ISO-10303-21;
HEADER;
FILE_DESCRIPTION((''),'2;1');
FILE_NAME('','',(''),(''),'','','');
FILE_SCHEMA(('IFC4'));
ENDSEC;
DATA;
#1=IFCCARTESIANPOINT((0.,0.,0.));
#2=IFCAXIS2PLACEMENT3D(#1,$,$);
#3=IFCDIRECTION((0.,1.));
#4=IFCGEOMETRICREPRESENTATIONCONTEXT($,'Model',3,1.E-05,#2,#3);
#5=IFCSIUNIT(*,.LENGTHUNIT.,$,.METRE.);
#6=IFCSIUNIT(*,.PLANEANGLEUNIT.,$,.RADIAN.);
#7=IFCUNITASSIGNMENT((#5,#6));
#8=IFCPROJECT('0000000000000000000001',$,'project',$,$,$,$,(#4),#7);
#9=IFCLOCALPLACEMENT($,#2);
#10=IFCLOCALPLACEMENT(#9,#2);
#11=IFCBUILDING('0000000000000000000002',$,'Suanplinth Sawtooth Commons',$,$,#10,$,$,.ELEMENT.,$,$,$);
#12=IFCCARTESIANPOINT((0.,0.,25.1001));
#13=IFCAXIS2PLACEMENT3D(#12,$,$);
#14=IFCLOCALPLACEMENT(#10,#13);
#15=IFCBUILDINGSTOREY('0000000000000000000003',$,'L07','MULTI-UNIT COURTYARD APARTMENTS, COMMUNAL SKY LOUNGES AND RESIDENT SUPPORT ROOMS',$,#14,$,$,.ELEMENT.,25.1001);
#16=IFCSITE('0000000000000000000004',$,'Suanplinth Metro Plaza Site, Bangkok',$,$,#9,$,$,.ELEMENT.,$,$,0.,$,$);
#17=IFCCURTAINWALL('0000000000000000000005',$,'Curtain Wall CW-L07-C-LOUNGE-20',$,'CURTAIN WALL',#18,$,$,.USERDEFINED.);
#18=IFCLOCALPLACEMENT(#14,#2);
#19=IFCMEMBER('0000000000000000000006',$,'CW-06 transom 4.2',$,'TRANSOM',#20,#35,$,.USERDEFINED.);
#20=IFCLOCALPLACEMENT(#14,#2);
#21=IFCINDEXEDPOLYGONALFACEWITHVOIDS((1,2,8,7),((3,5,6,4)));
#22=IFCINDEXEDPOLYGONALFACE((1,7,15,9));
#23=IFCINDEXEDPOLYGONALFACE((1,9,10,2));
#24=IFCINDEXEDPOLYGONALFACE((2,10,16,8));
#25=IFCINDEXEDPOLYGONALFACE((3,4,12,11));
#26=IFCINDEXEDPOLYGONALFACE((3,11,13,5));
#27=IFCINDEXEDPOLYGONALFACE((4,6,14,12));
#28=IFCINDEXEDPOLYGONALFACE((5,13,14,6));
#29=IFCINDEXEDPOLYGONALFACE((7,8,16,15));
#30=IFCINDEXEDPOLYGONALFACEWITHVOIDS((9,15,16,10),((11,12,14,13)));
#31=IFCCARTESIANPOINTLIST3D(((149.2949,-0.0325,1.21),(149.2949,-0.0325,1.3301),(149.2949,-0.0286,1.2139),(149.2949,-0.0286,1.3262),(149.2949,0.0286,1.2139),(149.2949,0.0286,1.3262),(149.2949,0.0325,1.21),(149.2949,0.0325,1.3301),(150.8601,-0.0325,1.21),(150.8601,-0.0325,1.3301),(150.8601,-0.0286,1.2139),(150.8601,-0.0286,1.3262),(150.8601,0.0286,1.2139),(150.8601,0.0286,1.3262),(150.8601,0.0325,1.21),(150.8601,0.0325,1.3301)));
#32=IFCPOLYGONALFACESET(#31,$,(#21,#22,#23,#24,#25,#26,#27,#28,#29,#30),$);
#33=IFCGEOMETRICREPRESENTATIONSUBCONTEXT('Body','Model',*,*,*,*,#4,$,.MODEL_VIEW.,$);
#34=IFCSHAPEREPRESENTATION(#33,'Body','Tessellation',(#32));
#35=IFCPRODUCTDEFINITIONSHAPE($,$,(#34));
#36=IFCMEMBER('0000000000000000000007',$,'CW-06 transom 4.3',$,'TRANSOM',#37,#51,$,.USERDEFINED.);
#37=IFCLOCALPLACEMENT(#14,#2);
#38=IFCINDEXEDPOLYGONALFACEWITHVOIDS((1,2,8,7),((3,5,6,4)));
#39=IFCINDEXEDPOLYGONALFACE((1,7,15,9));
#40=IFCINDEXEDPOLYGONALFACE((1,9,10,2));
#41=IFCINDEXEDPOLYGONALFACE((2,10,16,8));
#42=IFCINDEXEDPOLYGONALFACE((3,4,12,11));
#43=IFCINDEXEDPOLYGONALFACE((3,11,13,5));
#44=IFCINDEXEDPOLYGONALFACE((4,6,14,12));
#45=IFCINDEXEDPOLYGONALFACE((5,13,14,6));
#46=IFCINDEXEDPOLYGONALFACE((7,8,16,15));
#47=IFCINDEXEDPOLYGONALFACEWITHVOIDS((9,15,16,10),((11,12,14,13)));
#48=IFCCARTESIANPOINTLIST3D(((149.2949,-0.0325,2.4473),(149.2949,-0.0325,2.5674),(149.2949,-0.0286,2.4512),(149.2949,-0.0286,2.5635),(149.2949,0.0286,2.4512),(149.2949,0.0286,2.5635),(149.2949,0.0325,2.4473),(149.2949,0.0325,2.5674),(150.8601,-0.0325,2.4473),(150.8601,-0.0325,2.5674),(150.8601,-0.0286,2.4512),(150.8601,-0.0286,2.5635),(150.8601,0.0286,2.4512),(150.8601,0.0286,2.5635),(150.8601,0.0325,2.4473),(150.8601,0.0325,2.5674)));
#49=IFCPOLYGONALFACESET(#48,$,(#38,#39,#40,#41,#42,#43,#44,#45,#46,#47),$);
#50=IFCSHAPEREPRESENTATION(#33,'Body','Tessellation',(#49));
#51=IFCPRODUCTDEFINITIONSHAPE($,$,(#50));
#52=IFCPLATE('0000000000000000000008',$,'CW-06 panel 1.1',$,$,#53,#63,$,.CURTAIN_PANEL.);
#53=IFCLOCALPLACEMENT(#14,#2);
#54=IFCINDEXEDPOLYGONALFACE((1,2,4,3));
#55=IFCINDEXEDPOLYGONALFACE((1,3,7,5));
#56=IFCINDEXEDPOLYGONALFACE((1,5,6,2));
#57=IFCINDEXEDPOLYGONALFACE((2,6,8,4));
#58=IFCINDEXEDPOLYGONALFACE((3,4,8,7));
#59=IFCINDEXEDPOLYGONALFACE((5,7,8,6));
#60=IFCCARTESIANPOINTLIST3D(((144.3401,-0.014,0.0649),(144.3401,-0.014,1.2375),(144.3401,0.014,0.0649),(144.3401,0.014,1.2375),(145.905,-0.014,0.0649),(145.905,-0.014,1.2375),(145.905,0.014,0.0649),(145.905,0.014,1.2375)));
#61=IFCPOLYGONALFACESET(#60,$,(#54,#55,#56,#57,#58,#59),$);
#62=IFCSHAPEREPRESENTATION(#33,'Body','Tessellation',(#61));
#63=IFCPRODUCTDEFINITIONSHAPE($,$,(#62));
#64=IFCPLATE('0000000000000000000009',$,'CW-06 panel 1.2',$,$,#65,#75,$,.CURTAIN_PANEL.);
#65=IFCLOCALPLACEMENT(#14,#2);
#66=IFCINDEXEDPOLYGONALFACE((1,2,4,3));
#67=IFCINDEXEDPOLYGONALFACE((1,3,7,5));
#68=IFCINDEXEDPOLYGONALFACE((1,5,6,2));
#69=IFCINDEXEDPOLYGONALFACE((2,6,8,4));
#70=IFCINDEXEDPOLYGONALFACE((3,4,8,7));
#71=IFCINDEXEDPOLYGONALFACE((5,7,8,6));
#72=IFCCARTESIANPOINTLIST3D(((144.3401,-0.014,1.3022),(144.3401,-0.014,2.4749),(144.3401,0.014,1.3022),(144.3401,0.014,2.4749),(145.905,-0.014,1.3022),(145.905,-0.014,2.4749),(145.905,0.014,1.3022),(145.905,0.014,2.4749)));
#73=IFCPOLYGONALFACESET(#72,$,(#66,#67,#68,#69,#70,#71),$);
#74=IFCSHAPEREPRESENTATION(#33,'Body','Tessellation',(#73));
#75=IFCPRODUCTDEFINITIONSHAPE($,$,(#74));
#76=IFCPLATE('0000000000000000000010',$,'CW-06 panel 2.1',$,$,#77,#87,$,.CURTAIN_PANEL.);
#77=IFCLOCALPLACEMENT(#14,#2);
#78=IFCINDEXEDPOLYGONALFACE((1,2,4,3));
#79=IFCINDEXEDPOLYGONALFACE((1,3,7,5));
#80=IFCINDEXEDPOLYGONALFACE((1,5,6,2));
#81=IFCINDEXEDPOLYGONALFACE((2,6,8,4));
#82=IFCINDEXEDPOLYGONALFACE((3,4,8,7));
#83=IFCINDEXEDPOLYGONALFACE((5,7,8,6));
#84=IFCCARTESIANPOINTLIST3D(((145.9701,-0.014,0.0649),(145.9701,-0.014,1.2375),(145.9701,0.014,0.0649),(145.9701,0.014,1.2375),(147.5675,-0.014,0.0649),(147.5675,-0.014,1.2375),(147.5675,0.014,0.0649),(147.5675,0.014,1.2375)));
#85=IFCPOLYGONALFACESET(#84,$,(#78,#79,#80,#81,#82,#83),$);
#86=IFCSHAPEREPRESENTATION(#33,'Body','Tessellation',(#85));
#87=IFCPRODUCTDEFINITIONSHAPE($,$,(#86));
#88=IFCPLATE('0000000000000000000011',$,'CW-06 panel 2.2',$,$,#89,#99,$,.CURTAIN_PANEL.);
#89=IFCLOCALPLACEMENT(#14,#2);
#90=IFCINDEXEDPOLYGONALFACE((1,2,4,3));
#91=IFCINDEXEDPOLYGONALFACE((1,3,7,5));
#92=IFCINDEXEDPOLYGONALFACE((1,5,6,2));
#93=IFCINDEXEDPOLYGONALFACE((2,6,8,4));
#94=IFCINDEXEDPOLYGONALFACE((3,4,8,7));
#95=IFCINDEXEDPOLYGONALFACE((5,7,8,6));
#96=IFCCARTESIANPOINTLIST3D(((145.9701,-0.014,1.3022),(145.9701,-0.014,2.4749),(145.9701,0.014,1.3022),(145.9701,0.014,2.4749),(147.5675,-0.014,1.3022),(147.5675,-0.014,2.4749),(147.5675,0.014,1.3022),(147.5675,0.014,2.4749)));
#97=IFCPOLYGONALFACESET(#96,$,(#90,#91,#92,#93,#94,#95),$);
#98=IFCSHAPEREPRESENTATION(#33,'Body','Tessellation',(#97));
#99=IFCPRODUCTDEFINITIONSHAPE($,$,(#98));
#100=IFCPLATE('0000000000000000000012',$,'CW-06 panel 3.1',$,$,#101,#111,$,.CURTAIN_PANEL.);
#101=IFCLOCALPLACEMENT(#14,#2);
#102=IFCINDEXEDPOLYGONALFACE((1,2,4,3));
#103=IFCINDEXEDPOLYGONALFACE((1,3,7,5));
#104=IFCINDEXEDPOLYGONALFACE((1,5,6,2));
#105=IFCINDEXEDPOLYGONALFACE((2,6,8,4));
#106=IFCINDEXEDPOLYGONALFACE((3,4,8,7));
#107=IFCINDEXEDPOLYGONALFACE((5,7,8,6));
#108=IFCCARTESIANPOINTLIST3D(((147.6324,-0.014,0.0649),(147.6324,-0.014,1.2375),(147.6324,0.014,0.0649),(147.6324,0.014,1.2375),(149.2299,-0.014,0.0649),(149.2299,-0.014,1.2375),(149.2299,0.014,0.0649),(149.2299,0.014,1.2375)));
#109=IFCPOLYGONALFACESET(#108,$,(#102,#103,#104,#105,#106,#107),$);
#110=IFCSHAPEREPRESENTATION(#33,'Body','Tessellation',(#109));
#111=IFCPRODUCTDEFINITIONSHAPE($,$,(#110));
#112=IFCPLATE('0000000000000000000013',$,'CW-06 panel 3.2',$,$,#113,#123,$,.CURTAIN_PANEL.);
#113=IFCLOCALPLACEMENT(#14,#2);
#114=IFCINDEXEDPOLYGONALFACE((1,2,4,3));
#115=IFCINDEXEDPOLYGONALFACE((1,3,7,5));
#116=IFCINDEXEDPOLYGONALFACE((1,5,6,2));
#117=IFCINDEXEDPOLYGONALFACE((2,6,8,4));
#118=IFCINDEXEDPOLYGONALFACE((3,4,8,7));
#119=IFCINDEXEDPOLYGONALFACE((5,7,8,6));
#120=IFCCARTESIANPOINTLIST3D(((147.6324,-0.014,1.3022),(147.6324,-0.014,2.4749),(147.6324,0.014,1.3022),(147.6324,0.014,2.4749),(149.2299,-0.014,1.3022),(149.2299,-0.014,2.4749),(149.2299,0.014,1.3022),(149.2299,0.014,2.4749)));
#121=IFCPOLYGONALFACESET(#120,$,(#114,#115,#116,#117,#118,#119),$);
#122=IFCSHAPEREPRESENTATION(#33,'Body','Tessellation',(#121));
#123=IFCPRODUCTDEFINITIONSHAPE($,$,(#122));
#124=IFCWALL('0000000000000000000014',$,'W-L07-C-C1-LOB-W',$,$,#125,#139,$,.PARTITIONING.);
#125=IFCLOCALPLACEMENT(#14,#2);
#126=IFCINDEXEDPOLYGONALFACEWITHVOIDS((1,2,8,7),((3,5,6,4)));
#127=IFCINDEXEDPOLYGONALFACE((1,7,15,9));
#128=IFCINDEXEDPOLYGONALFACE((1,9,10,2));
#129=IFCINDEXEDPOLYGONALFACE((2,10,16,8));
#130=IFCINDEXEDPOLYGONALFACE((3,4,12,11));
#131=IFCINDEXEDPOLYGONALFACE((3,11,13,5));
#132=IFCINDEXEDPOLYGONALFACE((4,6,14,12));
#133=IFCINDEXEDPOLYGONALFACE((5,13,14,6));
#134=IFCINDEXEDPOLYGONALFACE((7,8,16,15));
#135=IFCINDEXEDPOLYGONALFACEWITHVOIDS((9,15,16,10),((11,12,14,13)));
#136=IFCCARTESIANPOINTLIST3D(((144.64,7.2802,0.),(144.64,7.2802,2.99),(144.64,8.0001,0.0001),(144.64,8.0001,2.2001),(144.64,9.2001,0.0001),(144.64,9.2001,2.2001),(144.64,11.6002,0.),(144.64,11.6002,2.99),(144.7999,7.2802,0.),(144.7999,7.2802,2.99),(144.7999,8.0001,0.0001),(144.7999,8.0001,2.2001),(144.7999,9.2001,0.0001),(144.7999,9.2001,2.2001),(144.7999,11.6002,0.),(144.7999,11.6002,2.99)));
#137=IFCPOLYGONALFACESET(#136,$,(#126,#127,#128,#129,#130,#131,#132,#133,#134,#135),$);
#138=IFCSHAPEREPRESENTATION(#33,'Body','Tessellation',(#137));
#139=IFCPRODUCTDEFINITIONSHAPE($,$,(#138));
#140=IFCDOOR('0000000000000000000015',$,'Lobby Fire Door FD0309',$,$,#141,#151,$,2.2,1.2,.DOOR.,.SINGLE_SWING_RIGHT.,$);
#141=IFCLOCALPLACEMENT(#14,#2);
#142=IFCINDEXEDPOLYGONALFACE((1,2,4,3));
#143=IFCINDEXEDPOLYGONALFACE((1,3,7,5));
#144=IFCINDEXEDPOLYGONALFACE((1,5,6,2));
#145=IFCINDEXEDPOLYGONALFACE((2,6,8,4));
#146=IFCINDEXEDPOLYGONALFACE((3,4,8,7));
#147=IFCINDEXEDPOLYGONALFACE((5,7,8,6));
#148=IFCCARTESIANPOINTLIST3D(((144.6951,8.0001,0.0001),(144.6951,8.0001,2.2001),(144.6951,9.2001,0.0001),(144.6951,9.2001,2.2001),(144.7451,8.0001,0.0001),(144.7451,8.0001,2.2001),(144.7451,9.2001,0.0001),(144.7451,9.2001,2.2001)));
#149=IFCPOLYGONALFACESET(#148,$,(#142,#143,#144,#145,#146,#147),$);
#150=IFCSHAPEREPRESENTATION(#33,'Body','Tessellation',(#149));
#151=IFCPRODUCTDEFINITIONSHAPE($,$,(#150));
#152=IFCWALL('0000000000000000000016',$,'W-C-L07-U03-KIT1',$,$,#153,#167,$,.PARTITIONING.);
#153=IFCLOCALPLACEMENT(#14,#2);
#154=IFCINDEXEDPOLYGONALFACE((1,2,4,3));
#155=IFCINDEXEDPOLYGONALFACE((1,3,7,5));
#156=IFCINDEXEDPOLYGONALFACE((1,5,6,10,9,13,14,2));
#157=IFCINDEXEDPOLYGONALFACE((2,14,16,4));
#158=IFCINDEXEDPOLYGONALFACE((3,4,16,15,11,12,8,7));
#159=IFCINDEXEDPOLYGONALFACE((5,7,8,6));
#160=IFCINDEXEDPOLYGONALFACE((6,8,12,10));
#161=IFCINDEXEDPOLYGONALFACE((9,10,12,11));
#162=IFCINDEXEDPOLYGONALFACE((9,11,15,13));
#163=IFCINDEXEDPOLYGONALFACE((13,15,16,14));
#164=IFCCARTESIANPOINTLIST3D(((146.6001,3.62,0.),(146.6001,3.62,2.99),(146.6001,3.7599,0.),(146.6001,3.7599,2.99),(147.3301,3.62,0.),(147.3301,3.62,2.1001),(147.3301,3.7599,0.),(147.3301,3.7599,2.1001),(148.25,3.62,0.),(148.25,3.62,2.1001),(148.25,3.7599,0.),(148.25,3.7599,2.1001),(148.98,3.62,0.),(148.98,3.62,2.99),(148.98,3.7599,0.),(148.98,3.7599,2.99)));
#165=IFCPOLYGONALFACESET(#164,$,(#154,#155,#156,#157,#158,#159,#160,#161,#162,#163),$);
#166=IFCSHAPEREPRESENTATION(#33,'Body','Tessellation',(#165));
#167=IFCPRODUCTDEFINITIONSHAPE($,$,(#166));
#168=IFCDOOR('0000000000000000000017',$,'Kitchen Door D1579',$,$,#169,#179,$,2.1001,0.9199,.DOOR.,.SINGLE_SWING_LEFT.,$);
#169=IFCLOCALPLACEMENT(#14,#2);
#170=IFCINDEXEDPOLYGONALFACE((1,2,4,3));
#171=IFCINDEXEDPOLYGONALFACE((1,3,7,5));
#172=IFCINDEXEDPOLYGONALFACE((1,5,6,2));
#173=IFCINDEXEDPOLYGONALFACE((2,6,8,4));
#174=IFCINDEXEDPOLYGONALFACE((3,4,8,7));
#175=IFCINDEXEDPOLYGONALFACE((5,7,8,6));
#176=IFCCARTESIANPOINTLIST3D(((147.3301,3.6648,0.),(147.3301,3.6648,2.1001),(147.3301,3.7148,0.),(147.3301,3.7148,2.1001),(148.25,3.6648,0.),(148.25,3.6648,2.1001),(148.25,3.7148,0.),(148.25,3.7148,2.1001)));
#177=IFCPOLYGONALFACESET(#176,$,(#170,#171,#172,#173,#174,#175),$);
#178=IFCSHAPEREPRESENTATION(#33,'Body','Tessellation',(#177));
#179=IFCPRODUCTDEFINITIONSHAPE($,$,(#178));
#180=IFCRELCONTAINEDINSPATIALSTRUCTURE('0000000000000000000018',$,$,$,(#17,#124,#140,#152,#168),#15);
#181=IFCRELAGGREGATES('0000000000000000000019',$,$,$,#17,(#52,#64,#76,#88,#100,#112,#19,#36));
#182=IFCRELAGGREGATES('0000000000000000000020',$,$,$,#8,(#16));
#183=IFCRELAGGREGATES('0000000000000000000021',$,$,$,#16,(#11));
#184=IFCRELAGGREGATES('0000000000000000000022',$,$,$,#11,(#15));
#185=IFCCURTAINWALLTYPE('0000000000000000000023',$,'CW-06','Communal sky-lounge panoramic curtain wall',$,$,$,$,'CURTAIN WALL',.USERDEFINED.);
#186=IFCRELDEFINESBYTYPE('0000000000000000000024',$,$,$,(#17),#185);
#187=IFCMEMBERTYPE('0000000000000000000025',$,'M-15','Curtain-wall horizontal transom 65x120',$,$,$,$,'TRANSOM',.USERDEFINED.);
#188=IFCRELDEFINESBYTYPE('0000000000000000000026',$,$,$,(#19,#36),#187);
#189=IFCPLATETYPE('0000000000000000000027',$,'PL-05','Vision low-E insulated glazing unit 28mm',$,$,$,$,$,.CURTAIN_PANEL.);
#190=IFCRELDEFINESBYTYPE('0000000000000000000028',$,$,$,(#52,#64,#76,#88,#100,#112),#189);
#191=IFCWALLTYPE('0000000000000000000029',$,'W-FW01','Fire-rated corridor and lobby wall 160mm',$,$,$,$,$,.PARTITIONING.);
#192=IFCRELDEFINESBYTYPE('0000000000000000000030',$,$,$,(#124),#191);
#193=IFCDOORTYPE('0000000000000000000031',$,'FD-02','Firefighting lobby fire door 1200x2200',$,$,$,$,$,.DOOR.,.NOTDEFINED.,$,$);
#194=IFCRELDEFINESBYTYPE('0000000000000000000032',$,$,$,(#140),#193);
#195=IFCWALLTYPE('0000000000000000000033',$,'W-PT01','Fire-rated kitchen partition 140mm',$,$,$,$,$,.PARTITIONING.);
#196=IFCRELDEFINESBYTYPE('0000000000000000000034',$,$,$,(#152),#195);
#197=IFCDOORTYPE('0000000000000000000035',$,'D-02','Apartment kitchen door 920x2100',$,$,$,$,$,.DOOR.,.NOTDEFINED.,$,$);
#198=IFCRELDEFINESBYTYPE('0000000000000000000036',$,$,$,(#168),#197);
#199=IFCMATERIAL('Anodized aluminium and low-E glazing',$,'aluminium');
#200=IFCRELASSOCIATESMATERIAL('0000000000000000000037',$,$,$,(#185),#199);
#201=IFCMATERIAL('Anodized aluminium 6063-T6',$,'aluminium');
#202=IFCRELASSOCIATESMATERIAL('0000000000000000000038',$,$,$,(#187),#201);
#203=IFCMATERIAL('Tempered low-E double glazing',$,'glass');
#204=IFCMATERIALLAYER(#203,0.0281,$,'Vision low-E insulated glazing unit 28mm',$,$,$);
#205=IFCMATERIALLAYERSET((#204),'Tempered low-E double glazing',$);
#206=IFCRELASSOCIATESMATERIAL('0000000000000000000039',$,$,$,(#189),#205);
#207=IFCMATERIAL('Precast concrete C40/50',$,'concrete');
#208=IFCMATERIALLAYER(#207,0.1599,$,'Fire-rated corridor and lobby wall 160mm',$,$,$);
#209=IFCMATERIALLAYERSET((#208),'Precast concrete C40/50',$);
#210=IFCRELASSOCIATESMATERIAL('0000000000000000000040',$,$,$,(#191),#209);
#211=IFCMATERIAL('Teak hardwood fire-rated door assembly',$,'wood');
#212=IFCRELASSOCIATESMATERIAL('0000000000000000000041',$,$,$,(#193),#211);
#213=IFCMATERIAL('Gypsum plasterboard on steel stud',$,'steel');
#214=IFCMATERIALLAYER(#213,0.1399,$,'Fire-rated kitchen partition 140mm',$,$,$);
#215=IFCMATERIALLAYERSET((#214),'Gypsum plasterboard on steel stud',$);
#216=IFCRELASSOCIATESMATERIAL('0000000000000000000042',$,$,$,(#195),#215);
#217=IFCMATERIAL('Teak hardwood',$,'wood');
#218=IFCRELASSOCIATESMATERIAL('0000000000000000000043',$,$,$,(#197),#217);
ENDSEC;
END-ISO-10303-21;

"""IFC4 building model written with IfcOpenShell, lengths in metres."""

from ifc_helpers import new_model, si_unit, direction, frame, frame_2d, origin, origin_2d, place, context, subcontext, project, spatial, rectangle, hollow_rectangle, extrude, material, layer, layer_set, material_profile, profile_set, type_object, element, fill, aggregate, save


model = new_model("IFC4")

# Units and contexts
model_context = context("Model", 3, precision=1e-05, world=origin(), true_north=direction((0.0, 1.0)))
body_context = subcontext(model_context, "Body", "Model", "MODEL_VIEW")
ifc_project = project(units=[si_unit("LENGTHUNIT", "METRE"), si_unit("PLANEANGLEUNIT", "RADIAN")], contexts=[model_context])

# Site, building, storey
site_placement = place(None, origin())
site = spatial("IfcSite", under=ifc_project, at=site_placement, Name="Suanplinth Metro Plaza Site, Bangkok", CompositionType="ELEMENT", RefElevation=0.0)
building_placement = place(site_placement, origin())
building = spatial("IfcBuilding", under=site, at=building_placement, Name="Suanplinth Sawtooth Commons", CompositionType="ELEMENT")
storey_placement = place(building_placement, frame((0.0, 0.0, 25.1001)))
storey = spatial("IfcBuildingStorey", under=building, at=storey_placement, Name="L07", Description="MULTI-UNIT COURTYARD APARTMENTS, COMMUNAL SKY LOUNGES AND RESIDENT SUPPORT ROOMS", CompositionType="ELEMENT", Elevation=25.1001)

# Curtain wall, members, plates
ifc_material_1 = material(Name="Anodized aluminium and low-E glazing", Category="aluminium")
curtain_wall_type = type_object("IfcCurtainWallType", Name="CW-06", Description="Communal sky-lounge panoramic curtain wall", ElementType="CURTAIN WALL", PredefinedType="USERDEFINED", material=ifc_material_1)
curtain_wall_placement = place(storey_placement, origin())
curtain_wall = element("IfcCurtainWall", 1, at=curtain_wall_placement, inside=storey, type_object=curtain_wall_type, Name="Curtain Wall CW-L07-C-LOUNGE-20", ObjectType="CURTAIN WALL", PredefinedType="USERDEFINED")
ifc_material_2 = material(Name="Anodized aluminium 6063-T6", Category="aluminium")
ifc_material_profile_1 = material_profile(ifc_material_2, hollow_rectangle(XDim=0.0649, YDim=0.1201, WallThickness=0.0039, at=origin_2d()), Name="ALU-TRN 65x120")
ifc_profile_set_1 = profile_set([ifc_material_profile_1], Name="Anodized aluminium 6063-T6")
member_type_1 = type_object("IfcMemberType", Name="M-15", Description="Curtain-wall horizontal transom 65x120", ElementType="TRANSOM", PredefinedType="USERDEFINED", material=ifc_profile_set_1)
member_1_placement = place(storey_placement, frame((149.2949, 0.0, 1.27), z_axis=(1.0, 0.0, 0.0), x_axis=(0.0, 1.0, 0.0)))
member_1 = element("IfcMember", 2, at=member_1_placement, type_object=member_type_1, Name="CW-06 transom 4.2", ObjectType="TRANSOM", PredefinedType="USERDEFINED", context=body_context, shape_type="SweptSolid", body=[
    extrude(hollow_rectangle(XDim=0.0649, YDim=0.1201, WallThickness=0.0039, at=origin_2d()), origin(), (0.0, 0.0, 1.0), 1.5652),
])
member_2_placement = place(storey_placement, frame((149.2949, 0.0, 2.5073), z_axis=(1.0, 0.0, 0.0), x_axis=(0.0, 1.0, 0.0)))
member_2 = element("IfcMember", 3, at=member_2_placement, type_object=member_type_1, Name="CW-06 transom 4.3", ObjectType="TRANSOM", PredefinedType="USERDEFINED", context=body_context, shape_type="SweptSolid", body=[
    extrude(hollow_rectangle(XDim=0.0649, YDim=0.1201, WallThickness=0.0039, at=origin_2d()), origin(), (0.0, 0.0, 1.0), 1.5652),
])
ifc_material_3 = material(Name="Tempered low-E double glazing", Category="glass")
ifc_layer_1 = layer(ifc_material_3, 0.0281, Name="Vision low-E insulated glazing unit 28mm")
ifc_layer_set_1 = layer_set([ifc_layer_1], Name="Tempered low-E double glazing")
plate_type = type_object("IfcPlateType", Name="PL-05", Description="Vision low-E insulated glazing unit 28mm", PredefinedType="CURTAIN_PANEL", material=ifc_layer_set_1)
plate_1_placement = place(storey_placement, frame((145.1226, 0.0, 0.0649), z_axis=(0.0, 0.0, 1.0), x_axis=(1.0, 0.0, 0.0)))
plate_1 = element("IfcPlate", 4, at=plate_1_placement, type_object=plate_type, Name="CW-06 panel 1.1", PredefinedType="CURTAIN_PANEL", context=body_context, shape_type="SweptSolid", body=[
    extrude(rectangle(XDim=1.5649, YDim=0.0281, at=origin_2d()), origin(), (0.0, 0.0, 1.0), 1.1726),
])
plate_2_placement = place(storey_placement, frame((145.1226, 0.0, 1.3022), z_axis=(0.0, 0.0, 1.0), x_axis=(1.0, 0.0, 0.0)))
plate_2 = element("IfcPlate", 5, at=plate_2_placement, type_object=plate_type, Name="CW-06 panel 1.2", PredefinedType="CURTAIN_PANEL", context=body_context, shape_type="SweptSolid", body=[
    extrude(rectangle(XDim=1.5649, YDim=0.0281, at=origin_2d()), origin(), (0.0, 0.0, 1.0), 1.1726),
])
plate_3_placement = place(storey_placement, frame((146.7688, 0.0, 0.0649), z_axis=(0.0, 0.0, 1.0), x_axis=(1.0, 0.0, 0.0)))
plate_3 = element("IfcPlate", 6, at=plate_3_placement, type_object=plate_type, Name="CW-06 panel 2.1", PredefinedType="CURTAIN_PANEL", context=body_context, shape_type="SweptSolid", body=[
    extrude(rectangle(XDim=1.5974, YDim=0.0281, at=origin_2d()), origin(), (0.0, 0.0, 1.0), 1.1726),
])
plate_4_placement = place(storey_placement, frame((146.7688, 0.0, 1.3022), z_axis=(0.0, 0.0, 1.0), x_axis=(1.0, 0.0, 0.0)))
plate_4 = element("IfcPlate", 7, at=plate_4_placement, type_object=plate_type, Name="CW-06 panel 2.2", PredefinedType="CURTAIN_PANEL", context=body_context, shape_type="SweptSolid", body=[
    extrude(rectangle(XDim=1.5974, YDim=0.0281, at=origin_2d()), origin(), (0.0, 0.0, 1.0), 1.1726),
])
plate_5_placement = place(storey_placement, frame((148.4312, 0.0, 0.0649), z_axis=(0.0, 0.0, 1.0), x_axis=(1.0, 0.0, 0.0)))
plate_5 = element("IfcPlate", 8, at=plate_5_placement, type_object=plate_type, Name="CW-06 panel 3.1", PredefinedType="CURTAIN_PANEL", context=body_context, shape_type="SweptSolid", body=[
    extrude(rectangle(XDim=1.5974, YDim=0.0281, at=origin_2d()), origin(), (0.0, 0.0, 1.0), 1.1726),
])
plate_6_placement = place(storey_placement, frame((148.4312, 0.0, 1.3022), z_axis=(0.0, 0.0, 1.0), x_axis=(1.0, 0.0, 0.0)))
plate_6 = element("IfcPlate", 9, at=plate_6_placement, type_object=plate_type, Name="CW-06 panel 3.2", PredefinedType="CURTAIN_PANEL", context=body_context, shape_type="SweptSolid", body=[
    extrude(rectangle(XDim=1.5974, YDim=0.0281, at=origin_2d()), origin(), (0.0, 0.0, 1.0), 1.1726),
])
aggregate(curtain_wall, [plate_1, plate_2, plate_3, plate_4, plate_5, plate_6, member_1, member_2])

# Walls, openings, doors
ifc_material_4 = material(Name="Precast concrete C40/50", Category="concrete")
ifc_layer_2 = layer(ifc_material_4, 0.1599, Name="Fire-rated corridor and lobby wall 160mm")
ifc_layer_set_2 = layer_set([ifc_layer_2], Name="Precast concrete C40/50")
wall_type_1 = type_object("IfcWallType", Name="W-FW01", Description="Fire-rated corridor and lobby wall 160mm", PredefinedType="PARTITIONING", material=ifc_layer_set_2)
wall_1_placement = place(storey_placement, frame((144.72, 7.28, 0.0), z_axis=(0.0, 0.0, 1.0), x_axis=(0.0, 1.0, 0.0)))
wall_1 = element("IfcWall", 10, at=wall_1_placement, inside=storey, type_object=wall_type_1, Name="W-L07-C-C1-LOB-W", PredefinedType="PARTITIONING", context=body_context, shape_type="SweptSolid", body=[
    extrude(rectangle(XDim=4.3201, YDim=0.1599, at=frame_2d((2.1602, 0.0))), origin(), (0.0, 0.0, 1.0), 2.99),
])
opening_1_placement = place(wall_1_placement, frame((0.72, 0.0, 0.0)))
opening_1 = element("IfcOpeningElement", 11, at=opening_1_placement, cuts=wall_1, PredefinedType="OPENING", context=body_context, shape_type="SweptSolid", body=[
    extrude(rectangle(XDim=1.2, YDim=2.2, at=frame_2d((0.6001, 1.1001))), frame((0.0, 0.0947, 0.0), z_axis=(0.0, -1.0, 0.0), x_axis=(1.0, 0.0, 0.0)), (0.0, 0.0, 1.0), 0.1897),
])
ifc_material_5 = material(Name="Teak hardwood fire-rated door assembly", Category="wood")
door_type_1 = type_object("IfcDoorType", Name="FD-02", Description="Firefighting lobby fire door 1200x2200", OperationType="NOTDEFINED", PredefinedType="DOOR", material=ifc_material_5)
door_1_placement = place(opening_1_placement, origin())
door_1 = element("IfcDoor", 12, at=door_1_placement, inside=storey, type_object=door_type_1, Name="Lobby Fire Door FD0309", OperationType="SINGLE_SWING_RIGHT", OverallHeight=2.2, OverallWidth=1.2, PredefinedType="DOOR", context=body_context, shape_type="SweptSolid", body=[
    extrude(rectangle(XDim=1.2, YDim=2.2, at=frame_2d((0.6001, 1.1001))), frame((0.0, 0.0249, 0.0), z_axis=(0.0, -1.0, 0.0), x_axis=(1.0, 0.0, 0.0)), (0.0, 0.0, 1.0), 0.05),
])
fill(opening_1, door_1)
ifc_material_6 = material(Name="Gypsum plasterboard on steel stud", Category="steel")
ifc_layer_3 = layer(ifc_material_6, 0.1399, Name="Fire-rated kitchen partition 140mm")
ifc_layer_set_3 = layer_set([ifc_layer_3], Name="Gypsum plasterboard on steel stud")
wall_type_2 = type_object("IfcWallType", Name="W-PT01", Description="Fire-rated kitchen partition 140mm", PredefinedType="PARTITIONING", material=ifc_layer_set_3)
wall_2_placement = place(storey_placement, frame((146.6001, 3.6899, 0.0), z_axis=(0.0, 0.0, 1.0), x_axis=(1.0, 0.0, 0.0)))
wall_2 = element("IfcWall", 13, at=wall_2_placement, inside=storey, type_object=wall_type_2, Name="W-C-L07-U03-KIT1", PredefinedType="PARTITIONING", context=body_context, shape_type="SweptSolid", body=[
    extrude(rectangle(XDim=2.3799, YDim=0.1399, at=frame_2d((1.1899, 0.0))), origin(), (0.0, 0.0, 1.0), 2.99),
])
opening_2_placement = place(wall_2_placement, frame((0.73, 0.0, 0.0)))
opening_2 = element("IfcOpeningElement", 14, at=opening_2_placement, cuts=wall_2, PredefinedType="OPENING", context=body_context, shape_type="SweptSolid", body=[
    extrude(rectangle(XDim=0.9199, YDim=2.1001, at=frame_2d((0.46, 1.05))), frame((0.0, 0.085, 0.0), z_axis=(0.0, -1.0, 0.0), x_axis=(1.0, 0.0, 0.0)), (0.0, 0.0, 1.0), 0.1697),
])
ifc_material_7 = material(Name="Teak hardwood", Category="wood")
door_type_2 = type_object("IfcDoorType", Name="D-02", Description="Apartment kitchen door 920x2100", OperationType="NOTDEFINED", PredefinedType="DOOR", material=ifc_material_7)
door_2_placement = place(opening_2_placement, origin())
door_2 = element("IfcDoor", 15, at=door_2_placement, inside=storey, type_object=door_type_2, Name="Kitchen Door D1579", OperationType="SINGLE_SWING_LEFT", OverallHeight=2.1001, OverallWidth=0.9199, PredefinedType="DOOR", context=body_context, shape_type="SweptSolid", body=[
    extrude(rectangle(XDim=0.9199, YDim=2.1001, at=frame_2d((0.46, 1.05))), frame((0.0, 0.0249, 0.0), z_axis=(0.0, -1.0, 0.0), x_axis=(1.0, 0.0, 0.0)), (0.0, 0.0, 1.0), 0.05),
])
fill(opening_2, door_2)

save(model, "model.ifc")
